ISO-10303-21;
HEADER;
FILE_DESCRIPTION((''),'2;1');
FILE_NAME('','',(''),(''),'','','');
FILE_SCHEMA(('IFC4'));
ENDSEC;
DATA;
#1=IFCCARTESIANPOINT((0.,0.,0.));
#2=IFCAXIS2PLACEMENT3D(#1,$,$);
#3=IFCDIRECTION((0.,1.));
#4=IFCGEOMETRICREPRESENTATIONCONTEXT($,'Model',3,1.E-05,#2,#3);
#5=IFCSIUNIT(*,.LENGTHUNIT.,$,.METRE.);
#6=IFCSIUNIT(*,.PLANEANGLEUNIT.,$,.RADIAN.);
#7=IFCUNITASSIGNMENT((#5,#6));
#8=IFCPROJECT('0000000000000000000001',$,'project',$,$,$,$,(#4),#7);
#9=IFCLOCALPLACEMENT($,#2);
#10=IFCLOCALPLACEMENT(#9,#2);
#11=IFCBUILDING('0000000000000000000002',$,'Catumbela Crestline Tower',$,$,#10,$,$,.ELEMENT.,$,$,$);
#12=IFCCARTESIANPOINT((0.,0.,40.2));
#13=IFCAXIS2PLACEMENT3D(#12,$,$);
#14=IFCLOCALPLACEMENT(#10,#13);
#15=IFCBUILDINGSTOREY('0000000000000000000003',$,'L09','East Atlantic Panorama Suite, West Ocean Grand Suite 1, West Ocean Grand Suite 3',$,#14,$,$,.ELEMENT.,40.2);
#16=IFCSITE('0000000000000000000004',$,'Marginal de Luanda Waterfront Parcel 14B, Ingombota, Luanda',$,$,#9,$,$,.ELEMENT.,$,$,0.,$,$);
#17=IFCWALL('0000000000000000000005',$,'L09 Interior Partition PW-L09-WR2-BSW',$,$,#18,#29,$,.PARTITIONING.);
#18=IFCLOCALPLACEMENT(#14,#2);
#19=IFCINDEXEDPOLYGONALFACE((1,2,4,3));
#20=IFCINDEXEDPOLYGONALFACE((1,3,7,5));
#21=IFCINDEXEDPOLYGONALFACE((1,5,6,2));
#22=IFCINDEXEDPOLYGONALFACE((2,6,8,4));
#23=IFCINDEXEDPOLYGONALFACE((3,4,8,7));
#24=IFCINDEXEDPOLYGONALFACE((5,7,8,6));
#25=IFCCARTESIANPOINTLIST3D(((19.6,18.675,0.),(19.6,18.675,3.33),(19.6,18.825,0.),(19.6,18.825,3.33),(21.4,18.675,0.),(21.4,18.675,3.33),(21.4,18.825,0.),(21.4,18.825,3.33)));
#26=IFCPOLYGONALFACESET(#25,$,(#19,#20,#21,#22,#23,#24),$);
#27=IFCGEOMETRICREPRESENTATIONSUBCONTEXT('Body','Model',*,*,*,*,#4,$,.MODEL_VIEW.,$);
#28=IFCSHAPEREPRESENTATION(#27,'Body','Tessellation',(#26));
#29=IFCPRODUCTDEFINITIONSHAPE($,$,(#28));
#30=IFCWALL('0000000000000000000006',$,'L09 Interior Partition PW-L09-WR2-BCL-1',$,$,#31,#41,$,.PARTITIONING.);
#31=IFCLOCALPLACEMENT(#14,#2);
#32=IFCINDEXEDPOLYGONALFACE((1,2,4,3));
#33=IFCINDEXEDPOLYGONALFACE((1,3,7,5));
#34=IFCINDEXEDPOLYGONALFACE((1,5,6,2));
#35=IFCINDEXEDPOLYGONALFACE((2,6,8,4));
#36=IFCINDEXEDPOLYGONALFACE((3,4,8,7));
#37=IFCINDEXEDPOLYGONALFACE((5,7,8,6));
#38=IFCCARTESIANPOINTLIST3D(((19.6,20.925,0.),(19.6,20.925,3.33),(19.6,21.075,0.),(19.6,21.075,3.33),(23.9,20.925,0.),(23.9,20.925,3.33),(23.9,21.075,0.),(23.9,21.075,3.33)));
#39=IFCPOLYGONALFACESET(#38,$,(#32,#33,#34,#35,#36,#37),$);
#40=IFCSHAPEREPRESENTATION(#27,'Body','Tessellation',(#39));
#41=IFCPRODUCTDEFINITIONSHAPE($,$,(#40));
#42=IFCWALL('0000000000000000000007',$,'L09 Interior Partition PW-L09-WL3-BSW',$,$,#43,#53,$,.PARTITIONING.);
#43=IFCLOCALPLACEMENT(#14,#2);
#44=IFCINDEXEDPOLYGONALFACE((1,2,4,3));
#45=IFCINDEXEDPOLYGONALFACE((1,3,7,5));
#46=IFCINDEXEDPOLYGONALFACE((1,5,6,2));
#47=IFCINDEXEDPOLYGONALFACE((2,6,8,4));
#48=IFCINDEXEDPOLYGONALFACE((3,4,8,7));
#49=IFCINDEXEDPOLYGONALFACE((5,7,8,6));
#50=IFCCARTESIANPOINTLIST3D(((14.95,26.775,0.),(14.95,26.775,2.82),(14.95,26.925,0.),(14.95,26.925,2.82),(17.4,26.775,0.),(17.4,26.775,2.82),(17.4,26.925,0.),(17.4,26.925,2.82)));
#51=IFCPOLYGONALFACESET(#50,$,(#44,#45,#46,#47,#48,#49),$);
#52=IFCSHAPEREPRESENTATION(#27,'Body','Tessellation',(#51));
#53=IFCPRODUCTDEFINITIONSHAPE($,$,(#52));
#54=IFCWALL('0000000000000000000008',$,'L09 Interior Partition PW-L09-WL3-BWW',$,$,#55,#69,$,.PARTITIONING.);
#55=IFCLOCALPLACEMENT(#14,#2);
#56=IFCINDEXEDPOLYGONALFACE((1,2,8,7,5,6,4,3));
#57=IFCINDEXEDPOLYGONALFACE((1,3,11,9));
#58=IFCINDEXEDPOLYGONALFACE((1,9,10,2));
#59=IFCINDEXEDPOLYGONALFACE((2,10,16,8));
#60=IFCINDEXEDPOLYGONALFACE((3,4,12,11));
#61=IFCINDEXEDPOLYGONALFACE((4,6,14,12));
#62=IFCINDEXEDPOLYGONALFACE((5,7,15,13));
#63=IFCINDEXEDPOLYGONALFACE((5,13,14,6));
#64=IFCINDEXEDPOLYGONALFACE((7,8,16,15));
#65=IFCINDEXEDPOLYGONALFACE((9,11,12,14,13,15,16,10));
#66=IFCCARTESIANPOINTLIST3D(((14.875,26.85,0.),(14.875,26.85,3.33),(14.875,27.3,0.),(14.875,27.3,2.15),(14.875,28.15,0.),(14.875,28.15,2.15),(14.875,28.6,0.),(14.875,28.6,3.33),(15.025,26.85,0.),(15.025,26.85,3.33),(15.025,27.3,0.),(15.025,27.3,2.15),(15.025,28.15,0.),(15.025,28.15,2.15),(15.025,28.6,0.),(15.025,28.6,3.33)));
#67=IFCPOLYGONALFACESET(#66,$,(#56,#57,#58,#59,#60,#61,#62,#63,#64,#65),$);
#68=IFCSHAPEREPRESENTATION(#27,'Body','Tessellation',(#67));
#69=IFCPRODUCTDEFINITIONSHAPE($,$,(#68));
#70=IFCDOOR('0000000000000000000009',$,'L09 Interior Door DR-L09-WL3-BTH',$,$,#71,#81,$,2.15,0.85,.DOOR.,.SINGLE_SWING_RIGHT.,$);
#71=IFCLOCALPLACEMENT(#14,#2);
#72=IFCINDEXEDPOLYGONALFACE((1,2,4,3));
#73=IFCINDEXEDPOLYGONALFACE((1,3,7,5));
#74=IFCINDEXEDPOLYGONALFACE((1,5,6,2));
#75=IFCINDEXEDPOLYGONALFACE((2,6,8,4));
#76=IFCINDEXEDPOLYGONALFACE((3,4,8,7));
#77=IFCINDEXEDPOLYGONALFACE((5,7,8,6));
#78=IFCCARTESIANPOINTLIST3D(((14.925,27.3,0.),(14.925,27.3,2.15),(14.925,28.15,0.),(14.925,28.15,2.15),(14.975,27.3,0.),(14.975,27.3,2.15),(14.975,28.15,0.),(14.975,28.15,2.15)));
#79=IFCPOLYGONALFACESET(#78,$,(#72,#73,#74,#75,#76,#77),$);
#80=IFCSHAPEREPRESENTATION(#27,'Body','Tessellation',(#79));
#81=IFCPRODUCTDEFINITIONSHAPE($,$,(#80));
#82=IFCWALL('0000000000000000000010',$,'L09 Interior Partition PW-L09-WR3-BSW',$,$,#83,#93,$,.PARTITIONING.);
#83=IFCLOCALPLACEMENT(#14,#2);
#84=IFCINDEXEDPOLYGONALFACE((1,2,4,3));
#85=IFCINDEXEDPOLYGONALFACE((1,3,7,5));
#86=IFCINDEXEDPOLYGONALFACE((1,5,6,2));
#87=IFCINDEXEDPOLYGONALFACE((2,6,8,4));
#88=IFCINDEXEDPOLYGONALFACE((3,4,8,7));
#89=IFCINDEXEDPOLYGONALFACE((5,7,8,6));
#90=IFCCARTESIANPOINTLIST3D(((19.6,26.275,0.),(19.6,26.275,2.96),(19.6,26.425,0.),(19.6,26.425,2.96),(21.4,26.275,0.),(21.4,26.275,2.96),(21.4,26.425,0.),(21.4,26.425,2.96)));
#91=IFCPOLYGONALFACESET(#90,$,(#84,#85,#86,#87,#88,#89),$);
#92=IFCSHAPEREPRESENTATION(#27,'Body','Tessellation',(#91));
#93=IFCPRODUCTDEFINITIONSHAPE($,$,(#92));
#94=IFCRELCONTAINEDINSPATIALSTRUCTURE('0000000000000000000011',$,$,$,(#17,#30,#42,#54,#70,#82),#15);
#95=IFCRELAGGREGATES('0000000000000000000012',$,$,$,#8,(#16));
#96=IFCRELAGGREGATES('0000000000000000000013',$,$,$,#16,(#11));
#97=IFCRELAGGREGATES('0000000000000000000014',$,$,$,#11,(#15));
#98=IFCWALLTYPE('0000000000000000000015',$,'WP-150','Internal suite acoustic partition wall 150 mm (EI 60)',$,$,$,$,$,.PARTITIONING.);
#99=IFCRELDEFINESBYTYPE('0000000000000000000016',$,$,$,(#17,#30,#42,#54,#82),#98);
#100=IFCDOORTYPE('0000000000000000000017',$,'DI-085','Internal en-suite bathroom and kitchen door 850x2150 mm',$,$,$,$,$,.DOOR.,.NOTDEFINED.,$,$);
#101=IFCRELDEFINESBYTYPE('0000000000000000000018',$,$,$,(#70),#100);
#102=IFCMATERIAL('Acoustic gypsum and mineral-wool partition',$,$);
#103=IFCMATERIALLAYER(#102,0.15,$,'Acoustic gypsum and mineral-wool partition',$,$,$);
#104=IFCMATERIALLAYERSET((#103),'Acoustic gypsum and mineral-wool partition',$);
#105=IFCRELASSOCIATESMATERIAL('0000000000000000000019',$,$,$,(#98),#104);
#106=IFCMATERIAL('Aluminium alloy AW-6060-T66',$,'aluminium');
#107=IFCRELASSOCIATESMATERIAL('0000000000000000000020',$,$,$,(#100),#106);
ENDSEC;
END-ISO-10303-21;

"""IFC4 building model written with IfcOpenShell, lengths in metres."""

from ifc_helpers import new_model, si_unit, direction, frame, frame_2d, origin, place, context, subcontext, project, spatial, rectangle, extrude, material, layer, layer_set, type_object, element, fill, save


model = new_model("IFC4")

# Units and contexts
model_context = context("Model", 3, precision=1e-05, world=origin(), true_north=direction((0.0, 1.0)))
body_context = subcontext(model_context, "Body", "Model", "MODEL_VIEW")
ifc_project = project(units=[si_unit("LENGTHUNIT", "METRE"), si_unit("PLANEANGLEUNIT", "RADIAN")], contexts=[model_context])

# Site, building, storey
site_placement = place(None, origin())
site = spatial("IfcSite", under=ifc_project, at=site_placement, Name="Marginal de Luanda Waterfront Parcel 14B, Ingombota, Luanda", CompositionType="ELEMENT", RefElevation=0.0)
building_placement = place(site_placement, origin())
building = spatial("IfcBuilding", under=site, at=building_placement, Name="Catumbela Crestline Tower", CompositionType="ELEMENT")
storey_placement = place(building_placement, frame((0.0, 0.0, 40.2)))
storey = spatial("IfcBuildingStorey", under=building, at=storey_placement, Name="L09", Description="East Atlantic Panorama Suite, West Ocean Grand Suite 1, West Ocean Grand Suite 3", CompositionType="ELEMENT", Elevation=40.2)

# Shared definitions
ifc_material_1 = material(Name="Acoustic gypsum and mineral-wool partition")
ifc_material_2 = material(Name="Aluminium alloy AW-6060-T66", Category="aluminium")

# Walls
ifc_layer_1 = layer(ifc_material_1, 0.15, Name="Acoustic gypsum and mineral-wool partition")
ifc_layer_set_1 = layer_set([ifc_layer_1], Name="Acoustic gypsum and mineral-wool partition")
wall_type_1 = type_object("IfcWallType", Name="WP-150", Description="Internal suite acoustic partition wall 150 mm (EI 60)", PredefinedType="PARTITIONING", material=ifc_layer_set_1)
wall_1_placement = place(storey_placement, frame((19.6, 18.75, 0.0), z_axis=(0.0, 0.0, 1.0), x_axis=(1.0, 0.0, 0.0)))
element("IfcWall", 1, at=wall_1_placement, inside=storey, type_object=wall_type_1, Name="L09 Interior Partition PW-L09-WR2-BSW", PredefinedType="PARTITIONING", context=body_context, shape_type="SweptSolid", body=[
    extrude(rectangle(XDim=1.8, YDim=0.15, at=frame_2d((0.9, 0.0))), origin(), (0.0, 0.0, 1.0), 3.33),
])
wall_2_placement = place(storey_placement, frame((19.6, 21.0, 0.0), z_axis=(0.0, 0.0, 1.0), x_axis=(1.0, 0.0, 0.0)))
element("IfcWall", 2, at=wall_2_placement, inside=storey, type_object=wall_type_1, Name="L09 Interior Partition PW-L09-WR2-BCL-1", PredefinedType="PARTITIONING", context=body_context, shape_type="SweptSolid", body=[
    extrude(rectangle(XDim=4.3, YDim=0.15, at=frame_2d((2.15, 0.0))), origin(), (0.0, 0.0, 1.0), 3.33),
])
wall_3_placement = place(storey_placement, frame((14.95, 26.85, 0.0), z_axis=(0.0, 0.0, 1.0), x_axis=(1.0, 0.0, 0.0)))
element("IfcWall", 3, at=wall_3_placement, inside=storey, type_object=wall_type_1, Name="L09 Interior Partition PW-L09-WL3-BSW", PredefinedType="PARTITIONING", context=body_context, shape_type="SweptSolid", body=[
    extrude(rectangle(XDim=2.45, YDim=0.15, at=frame_2d((1.225, 0.0))), origin(), (0.0, 0.0, 1.0), 2.82),
])

# Wall, opening, door
wall_4_placement = place(storey_placement, frame((14.95, 26.85, 0.0), z_axis=(0.0, 0.0, 1.0), x_axis=(0.0, 1.0, 0.0)))
wall_4 = element("IfcWall", 4, at=wall_4_placement, inside=storey, type_object=wall_type_1, Name="L09 Interior Partition PW-L09-WL3-BWW", PredefinedType="PARTITIONING", context=body_context, shape_type="SweptSolid", body=[
    extrude(rectangle(XDim=1.75, YDim=0.15, at=frame_2d((0.875, 0.0))), origin(), (0.0, 0.0, 1.0), 3.33),
])
opening_1_placement = place(wall_4_placement, frame((0.45, 0.0, 0.0)))
opening_1 = element("IfcOpeningElement", 5, at=opening_1_placement, cuts=wall_4, PredefinedType="OPENING", context=body_context, shape_type="SweptSolid", body=[
    extrude(rectangle(XDim=0.85, YDim=2.15, at=frame_2d((0.425, 1.075))), frame((0.0, 0.085, 0.0), z_axis=(0.0, -1.0, 0.0), x_axis=(1.0, 0.0, 0.0)), (0.0, 0.0, 1.0), 0.17),
])
door_type_1 = type_object("IfcDoorType", Name="DI-085", Description="Internal en-suite bathroom and kitchen door 850x2150 mm", OperationType="NOTDEFINED", PredefinedType="DOOR", material=ifc_material_2)
door_1_placement = place(opening_1_placement, origin())
door_1 = element("IfcDoor", 6, at=door_1_placement, inside=storey, type_object=door_type_1, Name="L09 Interior Door DR-L09-WL3-BTH", OperationType="SINGLE_SWING_RIGHT", OverallHeight=2.15, OverallWidth=0.85, PredefinedType="DOOR", context=body_context, shape_type="SweptSolid", body=[
    extrude(rectangle(XDim=0.85, YDim=2.15, at=frame_2d((0.425, 1.075))), frame((0.0, 0.025, 0.0), z_axis=(0.0, -1.0, 0.0), x_axis=(1.0, 0.0, 0.0)), (0.0, 0.0, 1.0), 0.05),
])
fill(opening_1, door_1)

# Wall
wall_5_placement = place(storey_placement, frame((19.6, 26.35, 0.0), z_axis=(0.0, 0.0, 1.0), x_axis=(1.0, 0.0, 0.0)))
element("IfcWall", 7, at=wall_5_placement, inside=storey, type_object=wall_type_1, Name="L09 Interior Partition PW-L09-WR3-BSW", PredefinedType="PARTITIONING", context=body_context, shape_type="SweptSolid", body=[
    extrude(rectangle(XDim=1.8, YDim=0.15, at=frame_2d((0.9, 0.0))), origin(), (0.0, 0.0, 1.0), 2.96),
])

save(model, "model.ifc")
